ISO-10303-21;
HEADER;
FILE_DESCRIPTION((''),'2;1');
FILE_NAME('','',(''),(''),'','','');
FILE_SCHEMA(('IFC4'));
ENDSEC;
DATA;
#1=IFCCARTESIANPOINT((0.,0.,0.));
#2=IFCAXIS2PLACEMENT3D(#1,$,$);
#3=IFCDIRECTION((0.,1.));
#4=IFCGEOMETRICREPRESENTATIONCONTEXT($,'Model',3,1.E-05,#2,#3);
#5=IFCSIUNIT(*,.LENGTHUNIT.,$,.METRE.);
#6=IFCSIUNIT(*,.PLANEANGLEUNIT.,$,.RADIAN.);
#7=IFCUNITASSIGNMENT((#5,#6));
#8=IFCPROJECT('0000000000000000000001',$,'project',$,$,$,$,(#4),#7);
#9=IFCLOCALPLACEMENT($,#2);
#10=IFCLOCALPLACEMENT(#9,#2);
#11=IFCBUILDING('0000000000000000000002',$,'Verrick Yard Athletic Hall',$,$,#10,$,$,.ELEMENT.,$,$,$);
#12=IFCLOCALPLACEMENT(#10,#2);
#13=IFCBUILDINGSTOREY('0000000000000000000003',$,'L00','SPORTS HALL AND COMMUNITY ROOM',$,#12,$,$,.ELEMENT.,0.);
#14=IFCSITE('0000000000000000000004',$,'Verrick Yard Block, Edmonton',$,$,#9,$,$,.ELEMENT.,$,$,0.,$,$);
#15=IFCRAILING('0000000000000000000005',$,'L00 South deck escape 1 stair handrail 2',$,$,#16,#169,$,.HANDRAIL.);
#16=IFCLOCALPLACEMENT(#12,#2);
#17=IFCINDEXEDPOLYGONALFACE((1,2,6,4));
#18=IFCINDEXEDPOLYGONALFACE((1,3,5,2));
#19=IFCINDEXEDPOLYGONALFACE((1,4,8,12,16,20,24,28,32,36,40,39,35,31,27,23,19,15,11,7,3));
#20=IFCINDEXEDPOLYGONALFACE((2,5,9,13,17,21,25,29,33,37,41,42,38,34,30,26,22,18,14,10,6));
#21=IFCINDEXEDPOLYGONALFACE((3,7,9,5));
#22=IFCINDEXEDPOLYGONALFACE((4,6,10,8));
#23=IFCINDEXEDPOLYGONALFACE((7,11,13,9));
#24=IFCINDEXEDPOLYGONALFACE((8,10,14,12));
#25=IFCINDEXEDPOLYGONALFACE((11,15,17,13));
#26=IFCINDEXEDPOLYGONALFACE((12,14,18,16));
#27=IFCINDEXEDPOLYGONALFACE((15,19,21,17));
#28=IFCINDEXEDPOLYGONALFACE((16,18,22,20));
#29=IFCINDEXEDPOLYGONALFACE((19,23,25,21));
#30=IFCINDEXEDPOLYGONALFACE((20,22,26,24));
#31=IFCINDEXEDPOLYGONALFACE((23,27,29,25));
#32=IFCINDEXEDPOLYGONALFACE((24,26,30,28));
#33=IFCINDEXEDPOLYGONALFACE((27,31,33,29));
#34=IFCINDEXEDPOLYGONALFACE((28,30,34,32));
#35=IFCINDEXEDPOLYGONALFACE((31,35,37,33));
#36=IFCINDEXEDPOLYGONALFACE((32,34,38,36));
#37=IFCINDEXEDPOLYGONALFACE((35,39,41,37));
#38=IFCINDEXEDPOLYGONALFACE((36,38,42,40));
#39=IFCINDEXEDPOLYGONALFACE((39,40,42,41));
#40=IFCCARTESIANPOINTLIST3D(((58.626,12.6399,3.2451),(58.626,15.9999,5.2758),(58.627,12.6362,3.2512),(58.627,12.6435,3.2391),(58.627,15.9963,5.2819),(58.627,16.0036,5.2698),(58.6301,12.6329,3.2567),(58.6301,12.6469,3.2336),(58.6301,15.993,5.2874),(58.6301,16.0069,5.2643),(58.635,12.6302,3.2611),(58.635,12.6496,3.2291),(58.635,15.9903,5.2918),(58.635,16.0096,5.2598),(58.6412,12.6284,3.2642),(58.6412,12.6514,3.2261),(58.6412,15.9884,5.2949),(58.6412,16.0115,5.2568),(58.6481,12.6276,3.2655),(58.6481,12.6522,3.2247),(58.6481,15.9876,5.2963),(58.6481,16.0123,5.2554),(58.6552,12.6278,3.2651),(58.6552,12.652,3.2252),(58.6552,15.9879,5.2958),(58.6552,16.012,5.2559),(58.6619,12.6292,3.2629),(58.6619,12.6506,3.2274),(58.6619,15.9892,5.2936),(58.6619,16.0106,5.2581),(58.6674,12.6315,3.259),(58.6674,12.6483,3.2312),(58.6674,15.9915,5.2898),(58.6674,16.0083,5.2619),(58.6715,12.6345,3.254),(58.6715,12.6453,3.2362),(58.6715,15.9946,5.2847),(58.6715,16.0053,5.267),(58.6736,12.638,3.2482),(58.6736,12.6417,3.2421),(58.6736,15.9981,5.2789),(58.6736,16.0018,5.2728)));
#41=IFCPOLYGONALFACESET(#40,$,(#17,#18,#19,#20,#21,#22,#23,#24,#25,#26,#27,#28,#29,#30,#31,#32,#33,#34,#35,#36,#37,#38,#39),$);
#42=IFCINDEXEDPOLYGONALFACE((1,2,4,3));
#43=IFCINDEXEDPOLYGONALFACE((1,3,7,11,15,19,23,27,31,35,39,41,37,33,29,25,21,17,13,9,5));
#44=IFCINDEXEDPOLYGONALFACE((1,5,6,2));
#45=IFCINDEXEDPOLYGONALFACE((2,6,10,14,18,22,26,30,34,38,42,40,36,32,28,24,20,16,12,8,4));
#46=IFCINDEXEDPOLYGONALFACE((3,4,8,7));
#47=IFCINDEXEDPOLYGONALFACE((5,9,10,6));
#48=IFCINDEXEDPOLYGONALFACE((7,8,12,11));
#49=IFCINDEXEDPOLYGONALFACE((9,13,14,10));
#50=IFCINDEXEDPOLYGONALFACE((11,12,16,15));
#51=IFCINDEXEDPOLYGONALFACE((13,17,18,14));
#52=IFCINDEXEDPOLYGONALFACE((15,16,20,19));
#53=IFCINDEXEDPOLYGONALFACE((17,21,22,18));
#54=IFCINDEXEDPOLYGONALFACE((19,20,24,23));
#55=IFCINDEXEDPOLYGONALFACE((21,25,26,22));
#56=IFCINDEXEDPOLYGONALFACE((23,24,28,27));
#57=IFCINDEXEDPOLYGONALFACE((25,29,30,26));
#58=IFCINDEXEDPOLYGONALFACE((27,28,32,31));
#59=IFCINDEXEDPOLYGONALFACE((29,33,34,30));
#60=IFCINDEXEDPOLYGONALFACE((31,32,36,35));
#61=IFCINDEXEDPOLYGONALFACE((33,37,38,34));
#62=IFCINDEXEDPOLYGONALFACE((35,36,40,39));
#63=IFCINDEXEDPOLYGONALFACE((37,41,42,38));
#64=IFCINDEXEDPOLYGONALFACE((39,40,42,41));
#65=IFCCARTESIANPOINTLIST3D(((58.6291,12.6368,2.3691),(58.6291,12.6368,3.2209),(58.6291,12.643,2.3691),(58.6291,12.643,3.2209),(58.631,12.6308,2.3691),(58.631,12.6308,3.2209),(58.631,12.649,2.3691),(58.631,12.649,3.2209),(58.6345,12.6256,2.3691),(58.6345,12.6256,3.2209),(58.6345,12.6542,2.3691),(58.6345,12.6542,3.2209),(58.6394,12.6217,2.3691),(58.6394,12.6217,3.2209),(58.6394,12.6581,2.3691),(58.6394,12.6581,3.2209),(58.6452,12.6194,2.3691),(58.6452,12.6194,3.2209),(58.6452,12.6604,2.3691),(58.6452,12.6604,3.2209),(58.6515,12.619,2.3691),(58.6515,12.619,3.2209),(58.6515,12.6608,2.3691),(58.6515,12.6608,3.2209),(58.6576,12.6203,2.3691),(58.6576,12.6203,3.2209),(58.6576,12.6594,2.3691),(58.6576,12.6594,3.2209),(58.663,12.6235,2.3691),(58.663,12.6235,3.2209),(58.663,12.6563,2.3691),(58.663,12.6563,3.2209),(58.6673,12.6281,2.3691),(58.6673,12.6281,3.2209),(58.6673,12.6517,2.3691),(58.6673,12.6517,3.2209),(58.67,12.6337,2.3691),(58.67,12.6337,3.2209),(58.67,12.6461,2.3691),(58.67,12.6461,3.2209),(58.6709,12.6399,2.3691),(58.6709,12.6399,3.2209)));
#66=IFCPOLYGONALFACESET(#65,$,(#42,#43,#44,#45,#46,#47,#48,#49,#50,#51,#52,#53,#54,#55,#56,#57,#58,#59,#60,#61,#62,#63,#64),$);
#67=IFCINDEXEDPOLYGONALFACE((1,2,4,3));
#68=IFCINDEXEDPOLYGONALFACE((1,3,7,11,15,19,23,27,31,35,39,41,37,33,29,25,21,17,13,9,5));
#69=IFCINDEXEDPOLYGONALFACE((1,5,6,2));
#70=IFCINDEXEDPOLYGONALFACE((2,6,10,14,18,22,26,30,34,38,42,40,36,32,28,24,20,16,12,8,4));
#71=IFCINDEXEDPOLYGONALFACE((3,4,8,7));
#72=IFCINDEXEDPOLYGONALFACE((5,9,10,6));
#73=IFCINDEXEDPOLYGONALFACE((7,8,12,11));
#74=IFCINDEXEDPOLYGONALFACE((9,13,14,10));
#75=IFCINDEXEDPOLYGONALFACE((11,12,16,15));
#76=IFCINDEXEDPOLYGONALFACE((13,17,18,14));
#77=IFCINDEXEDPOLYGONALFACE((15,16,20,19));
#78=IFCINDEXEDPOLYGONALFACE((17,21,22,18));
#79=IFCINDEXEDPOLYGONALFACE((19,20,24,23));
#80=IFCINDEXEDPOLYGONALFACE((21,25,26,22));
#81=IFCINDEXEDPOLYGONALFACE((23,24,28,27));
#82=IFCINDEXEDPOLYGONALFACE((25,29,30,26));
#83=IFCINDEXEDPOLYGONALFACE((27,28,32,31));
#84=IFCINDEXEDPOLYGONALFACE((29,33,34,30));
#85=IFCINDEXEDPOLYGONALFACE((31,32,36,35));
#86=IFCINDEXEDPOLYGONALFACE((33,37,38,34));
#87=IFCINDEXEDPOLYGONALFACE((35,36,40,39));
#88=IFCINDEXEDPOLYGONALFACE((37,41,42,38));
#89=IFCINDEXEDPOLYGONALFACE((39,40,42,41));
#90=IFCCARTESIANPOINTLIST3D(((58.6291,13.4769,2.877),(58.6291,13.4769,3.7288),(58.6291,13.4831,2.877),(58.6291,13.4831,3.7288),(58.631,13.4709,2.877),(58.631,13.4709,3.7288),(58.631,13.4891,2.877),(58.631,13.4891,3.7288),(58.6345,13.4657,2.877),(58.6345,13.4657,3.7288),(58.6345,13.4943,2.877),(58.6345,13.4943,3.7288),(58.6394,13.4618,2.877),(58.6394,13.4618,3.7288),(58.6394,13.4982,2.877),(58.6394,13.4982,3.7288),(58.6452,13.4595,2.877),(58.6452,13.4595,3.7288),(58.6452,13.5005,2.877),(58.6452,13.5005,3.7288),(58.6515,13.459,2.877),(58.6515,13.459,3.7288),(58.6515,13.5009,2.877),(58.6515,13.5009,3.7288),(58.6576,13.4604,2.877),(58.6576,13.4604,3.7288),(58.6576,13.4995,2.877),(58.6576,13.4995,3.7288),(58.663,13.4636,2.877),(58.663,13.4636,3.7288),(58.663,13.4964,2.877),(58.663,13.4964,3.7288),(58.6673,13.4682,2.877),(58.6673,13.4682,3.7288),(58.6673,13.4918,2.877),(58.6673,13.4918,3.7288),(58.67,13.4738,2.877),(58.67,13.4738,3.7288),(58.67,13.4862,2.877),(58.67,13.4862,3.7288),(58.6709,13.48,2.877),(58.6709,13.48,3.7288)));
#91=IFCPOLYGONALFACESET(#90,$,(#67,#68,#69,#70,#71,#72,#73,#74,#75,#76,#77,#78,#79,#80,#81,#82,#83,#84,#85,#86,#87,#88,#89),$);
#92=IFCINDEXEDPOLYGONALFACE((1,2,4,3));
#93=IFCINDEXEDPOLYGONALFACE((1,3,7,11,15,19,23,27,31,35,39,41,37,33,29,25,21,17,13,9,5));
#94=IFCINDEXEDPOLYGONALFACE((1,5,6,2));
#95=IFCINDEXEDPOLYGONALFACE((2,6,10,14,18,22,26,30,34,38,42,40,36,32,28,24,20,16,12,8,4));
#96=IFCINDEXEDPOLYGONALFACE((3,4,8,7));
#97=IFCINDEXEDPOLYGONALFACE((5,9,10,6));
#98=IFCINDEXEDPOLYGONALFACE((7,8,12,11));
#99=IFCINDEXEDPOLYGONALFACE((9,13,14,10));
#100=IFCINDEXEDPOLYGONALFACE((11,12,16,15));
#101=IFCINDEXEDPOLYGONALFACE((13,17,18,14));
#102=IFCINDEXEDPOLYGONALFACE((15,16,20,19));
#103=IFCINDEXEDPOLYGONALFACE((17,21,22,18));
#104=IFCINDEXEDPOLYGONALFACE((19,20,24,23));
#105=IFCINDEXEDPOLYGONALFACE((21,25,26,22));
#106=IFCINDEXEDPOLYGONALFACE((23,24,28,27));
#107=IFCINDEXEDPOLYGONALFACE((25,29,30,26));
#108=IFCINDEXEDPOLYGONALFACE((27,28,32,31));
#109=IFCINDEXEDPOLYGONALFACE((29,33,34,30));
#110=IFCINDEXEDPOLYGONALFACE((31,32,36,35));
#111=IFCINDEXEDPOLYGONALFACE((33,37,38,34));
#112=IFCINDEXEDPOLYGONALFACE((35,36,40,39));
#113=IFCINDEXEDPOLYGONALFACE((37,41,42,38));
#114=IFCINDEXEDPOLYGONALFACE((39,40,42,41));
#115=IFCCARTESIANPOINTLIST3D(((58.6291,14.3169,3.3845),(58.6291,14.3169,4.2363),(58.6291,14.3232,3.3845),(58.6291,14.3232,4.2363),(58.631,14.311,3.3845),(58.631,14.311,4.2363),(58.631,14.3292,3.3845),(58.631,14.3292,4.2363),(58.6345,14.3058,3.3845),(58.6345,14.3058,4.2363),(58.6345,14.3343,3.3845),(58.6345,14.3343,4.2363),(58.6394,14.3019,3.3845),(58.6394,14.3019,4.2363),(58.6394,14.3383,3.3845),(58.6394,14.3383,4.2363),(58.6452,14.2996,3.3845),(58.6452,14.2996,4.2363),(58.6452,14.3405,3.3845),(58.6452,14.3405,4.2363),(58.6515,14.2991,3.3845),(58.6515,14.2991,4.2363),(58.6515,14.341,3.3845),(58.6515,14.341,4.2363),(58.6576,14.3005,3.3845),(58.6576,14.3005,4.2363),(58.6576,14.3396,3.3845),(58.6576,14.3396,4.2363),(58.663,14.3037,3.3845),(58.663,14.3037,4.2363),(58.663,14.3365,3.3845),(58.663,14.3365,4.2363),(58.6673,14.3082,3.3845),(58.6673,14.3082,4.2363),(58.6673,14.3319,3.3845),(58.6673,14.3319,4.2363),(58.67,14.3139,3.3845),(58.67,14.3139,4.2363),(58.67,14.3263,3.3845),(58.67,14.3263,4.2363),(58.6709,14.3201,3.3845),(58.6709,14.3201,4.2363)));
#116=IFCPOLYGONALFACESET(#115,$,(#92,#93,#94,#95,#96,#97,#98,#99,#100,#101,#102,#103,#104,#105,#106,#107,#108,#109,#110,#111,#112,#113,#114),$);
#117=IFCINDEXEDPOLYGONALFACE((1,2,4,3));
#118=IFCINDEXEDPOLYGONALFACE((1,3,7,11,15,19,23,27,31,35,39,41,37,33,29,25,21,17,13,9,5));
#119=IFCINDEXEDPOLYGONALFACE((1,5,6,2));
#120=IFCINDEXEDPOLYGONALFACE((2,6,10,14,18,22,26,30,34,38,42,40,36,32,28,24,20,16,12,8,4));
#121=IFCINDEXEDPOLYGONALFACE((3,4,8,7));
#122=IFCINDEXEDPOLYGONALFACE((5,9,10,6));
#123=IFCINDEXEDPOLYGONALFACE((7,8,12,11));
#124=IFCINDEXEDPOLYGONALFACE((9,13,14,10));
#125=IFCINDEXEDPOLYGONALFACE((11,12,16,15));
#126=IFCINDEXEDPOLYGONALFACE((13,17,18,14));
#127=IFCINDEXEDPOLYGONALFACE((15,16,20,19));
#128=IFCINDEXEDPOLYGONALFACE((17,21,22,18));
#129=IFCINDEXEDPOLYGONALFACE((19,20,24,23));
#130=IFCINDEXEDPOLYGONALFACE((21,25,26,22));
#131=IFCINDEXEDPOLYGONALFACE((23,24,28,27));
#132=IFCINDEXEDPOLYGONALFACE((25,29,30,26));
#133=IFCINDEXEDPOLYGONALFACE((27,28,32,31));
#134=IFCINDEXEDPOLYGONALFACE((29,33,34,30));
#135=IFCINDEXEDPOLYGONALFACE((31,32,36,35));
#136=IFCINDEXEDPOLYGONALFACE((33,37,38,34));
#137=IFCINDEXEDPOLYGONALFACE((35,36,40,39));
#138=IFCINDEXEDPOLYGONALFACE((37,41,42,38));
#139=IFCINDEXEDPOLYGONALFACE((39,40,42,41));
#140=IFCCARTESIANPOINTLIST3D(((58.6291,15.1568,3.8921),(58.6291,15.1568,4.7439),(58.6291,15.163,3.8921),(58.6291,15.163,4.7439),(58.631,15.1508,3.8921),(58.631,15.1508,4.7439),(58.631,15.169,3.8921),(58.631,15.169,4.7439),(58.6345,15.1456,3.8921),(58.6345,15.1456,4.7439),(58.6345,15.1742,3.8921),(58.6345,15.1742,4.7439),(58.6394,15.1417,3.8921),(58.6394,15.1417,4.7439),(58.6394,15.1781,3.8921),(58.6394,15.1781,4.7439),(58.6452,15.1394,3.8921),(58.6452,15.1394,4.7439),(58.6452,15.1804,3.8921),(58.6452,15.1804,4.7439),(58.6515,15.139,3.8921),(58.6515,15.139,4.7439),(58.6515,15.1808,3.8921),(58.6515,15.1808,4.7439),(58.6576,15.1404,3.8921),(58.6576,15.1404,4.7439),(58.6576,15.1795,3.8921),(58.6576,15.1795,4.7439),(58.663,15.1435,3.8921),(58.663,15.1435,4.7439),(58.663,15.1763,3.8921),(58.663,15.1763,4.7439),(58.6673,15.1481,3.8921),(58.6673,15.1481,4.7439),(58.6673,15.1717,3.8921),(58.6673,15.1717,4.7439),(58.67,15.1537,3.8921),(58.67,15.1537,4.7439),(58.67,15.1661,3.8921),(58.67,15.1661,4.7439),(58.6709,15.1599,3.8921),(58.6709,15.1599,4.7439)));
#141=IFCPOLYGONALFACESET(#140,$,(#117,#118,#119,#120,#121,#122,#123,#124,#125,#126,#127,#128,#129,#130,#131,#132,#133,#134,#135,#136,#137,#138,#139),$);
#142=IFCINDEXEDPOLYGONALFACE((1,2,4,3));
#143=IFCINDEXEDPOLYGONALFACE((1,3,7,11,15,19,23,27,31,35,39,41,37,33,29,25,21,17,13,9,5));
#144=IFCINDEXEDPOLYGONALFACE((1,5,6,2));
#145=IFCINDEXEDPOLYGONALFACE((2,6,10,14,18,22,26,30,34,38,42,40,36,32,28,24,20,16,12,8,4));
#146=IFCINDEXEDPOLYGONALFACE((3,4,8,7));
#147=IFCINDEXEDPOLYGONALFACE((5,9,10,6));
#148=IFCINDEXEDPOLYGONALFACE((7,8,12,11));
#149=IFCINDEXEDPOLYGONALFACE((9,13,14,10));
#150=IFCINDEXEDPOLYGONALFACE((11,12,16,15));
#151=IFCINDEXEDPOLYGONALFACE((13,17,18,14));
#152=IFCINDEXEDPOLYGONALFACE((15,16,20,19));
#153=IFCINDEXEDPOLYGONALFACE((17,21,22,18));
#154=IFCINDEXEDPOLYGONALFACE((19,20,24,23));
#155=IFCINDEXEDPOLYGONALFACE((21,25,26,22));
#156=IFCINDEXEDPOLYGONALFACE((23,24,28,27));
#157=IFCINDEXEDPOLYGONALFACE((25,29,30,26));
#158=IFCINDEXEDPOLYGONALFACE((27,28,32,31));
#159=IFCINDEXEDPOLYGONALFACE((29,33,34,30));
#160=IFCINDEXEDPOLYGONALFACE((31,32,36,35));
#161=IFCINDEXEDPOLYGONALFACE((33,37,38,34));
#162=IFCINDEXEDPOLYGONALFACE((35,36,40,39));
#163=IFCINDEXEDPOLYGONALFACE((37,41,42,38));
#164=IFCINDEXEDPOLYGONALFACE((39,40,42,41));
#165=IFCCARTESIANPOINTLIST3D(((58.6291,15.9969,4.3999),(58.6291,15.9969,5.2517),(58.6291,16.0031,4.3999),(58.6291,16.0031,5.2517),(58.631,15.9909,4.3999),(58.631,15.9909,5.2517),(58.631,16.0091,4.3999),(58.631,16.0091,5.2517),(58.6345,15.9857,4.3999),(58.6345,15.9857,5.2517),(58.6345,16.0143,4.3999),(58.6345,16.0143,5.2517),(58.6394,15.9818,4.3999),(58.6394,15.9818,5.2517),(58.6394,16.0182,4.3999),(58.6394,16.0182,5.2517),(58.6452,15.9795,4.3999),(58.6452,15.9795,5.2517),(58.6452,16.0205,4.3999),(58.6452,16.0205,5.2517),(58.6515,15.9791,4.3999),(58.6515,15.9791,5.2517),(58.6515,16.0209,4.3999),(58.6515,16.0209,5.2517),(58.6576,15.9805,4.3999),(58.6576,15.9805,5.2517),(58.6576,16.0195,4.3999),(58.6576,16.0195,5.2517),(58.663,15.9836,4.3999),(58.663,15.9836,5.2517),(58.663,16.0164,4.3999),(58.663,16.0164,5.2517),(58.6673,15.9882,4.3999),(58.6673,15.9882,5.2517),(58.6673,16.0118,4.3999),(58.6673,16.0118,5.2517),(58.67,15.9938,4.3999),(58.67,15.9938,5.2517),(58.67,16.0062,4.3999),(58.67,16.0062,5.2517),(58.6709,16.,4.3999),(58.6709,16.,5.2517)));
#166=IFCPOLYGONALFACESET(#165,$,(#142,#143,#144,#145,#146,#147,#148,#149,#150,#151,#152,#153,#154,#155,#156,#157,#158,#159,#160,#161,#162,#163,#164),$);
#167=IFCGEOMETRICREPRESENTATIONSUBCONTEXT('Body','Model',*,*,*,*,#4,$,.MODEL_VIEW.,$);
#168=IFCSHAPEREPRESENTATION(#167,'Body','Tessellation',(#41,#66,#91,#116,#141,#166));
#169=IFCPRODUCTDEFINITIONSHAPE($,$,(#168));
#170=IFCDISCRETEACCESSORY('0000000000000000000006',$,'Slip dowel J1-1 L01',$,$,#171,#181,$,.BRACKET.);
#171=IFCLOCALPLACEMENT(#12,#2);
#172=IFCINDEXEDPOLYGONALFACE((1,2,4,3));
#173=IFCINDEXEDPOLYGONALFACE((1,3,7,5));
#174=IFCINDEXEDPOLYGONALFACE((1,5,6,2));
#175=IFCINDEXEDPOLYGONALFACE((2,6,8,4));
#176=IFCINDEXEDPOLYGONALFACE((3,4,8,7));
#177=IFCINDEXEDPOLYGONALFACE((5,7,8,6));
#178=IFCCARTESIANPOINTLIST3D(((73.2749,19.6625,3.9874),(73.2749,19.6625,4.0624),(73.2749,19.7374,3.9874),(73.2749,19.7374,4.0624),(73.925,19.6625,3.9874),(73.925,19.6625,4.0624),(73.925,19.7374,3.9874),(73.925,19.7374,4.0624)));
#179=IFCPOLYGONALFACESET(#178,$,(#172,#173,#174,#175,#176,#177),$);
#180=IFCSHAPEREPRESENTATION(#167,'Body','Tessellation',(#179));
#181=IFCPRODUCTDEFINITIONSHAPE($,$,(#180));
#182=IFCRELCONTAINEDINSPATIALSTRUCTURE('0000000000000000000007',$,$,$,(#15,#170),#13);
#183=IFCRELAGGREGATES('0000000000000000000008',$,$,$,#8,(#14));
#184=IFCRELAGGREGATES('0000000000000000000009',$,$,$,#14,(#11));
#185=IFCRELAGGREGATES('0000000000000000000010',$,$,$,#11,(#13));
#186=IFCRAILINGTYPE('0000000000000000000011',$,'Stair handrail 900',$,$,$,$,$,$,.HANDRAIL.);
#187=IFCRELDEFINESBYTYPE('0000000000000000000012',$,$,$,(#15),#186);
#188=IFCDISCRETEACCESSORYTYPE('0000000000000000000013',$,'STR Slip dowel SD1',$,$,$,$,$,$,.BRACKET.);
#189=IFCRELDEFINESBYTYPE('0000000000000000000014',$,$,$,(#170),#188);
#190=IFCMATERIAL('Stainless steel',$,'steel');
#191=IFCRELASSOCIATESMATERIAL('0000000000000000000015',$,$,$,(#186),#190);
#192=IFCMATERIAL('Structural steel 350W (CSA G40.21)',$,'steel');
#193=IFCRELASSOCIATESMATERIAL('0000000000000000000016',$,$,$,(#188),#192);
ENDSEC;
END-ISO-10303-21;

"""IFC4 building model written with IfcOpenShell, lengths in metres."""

from ifc_helpers import new_model, si_unit, direction, frame, origin, origin_2d, place, context, subcontext, project, spatial, rectangle, circle, extrude, material, material_profile, profile_set, type_object, element, save


model = new_model("IFC4")

# Units and contexts
model_context = context("Model", 3, precision=1e-05, world=origin(), true_north=direction((0.0, 1.0)))
body_context = subcontext(model_context, "Body", "Model", "MODEL_VIEW")
ifc_project = project(units=[si_unit("LENGTHUNIT", "METRE"), si_unit("PLANEANGLEUNIT", "RADIAN")], contexts=[model_context])

# Site, building, storey
site_placement = place(None, origin())
site = spatial("IfcSite", under=ifc_project, at=site_placement, Name="Verrick Yard Block, Edmonton", CompositionType="ELEMENT", RefElevation=0.0)
building_placement = place(site_placement, origin())
building = spatial("IfcBuilding", under=site, at=building_placement, Name="Verrick Yard Athletic Hall", CompositionType="ELEMENT")
storey_placement = place(building_placement, origin())
storey = spatial("IfcBuildingStorey", under=building, at=storey_placement, Name="L00", Description="SPORTS HALL AND COMMUNITY ROOM", CompositionType="ELEMENT", Elevation=0.0)

# Railing
ifc_material_1 = material(Name="Stainless steel", Category="steel")
railing_type_1 = type_object("IfcRailingType", Name="Stair handrail 900", PredefinedType="HANDRAIL", material=ifc_material_1)
railing_1_placement = place(storey_placement, frame((58.6499, 12.6399, 2.3691)))
element("IfcRailing", 1, at=railing_1_placement, inside=storey, type_object=railing_type_1, Name="L00 South deck escape 1 stair handrail 2", PredefinedType="HANDRAIL", context=body_context, shape_type="SweptSolid", body=[
    extrude(circle(Radius=0.0239, at=origin_2d()), frame((0.0, 0.0, 0.876), z_axis=(0.0, 0.855837, 0.517246), x_axis=(-1.0, 0.0, 0.0)), (0.0, 0.0, 1.0), 3.926),
    extrude(circle(Radius=0.021, at=origin_2d()), origin(), (0.0, 0.0, 1.0), 0.8518),
    extrude(circle(Radius=0.021, at=origin_2d()), frame((0.0, 0.8401, 0.5078)), (0.0, 0.0, 1.0), 0.8518),
    extrude(circle(Radius=0.021, at=origin_2d()), frame((0.0, 1.6802, 1.0154)), (0.0, 0.0, 1.0), 0.8518),
    extrude(circle(Radius=0.021, at=origin_2d()), frame((0.0, 2.52, 1.5229)), (0.0, 0.0, 1.0), 0.8518),
    extrude(circle(Radius=0.021, at=origin_2d()), frame((0.0, 3.3601, 2.0308)), (0.0, 0.0, 1.0), 0.8518),
])

# Discrete accessory
ifc_material_2 = material(Name="Structural steel 350W (CSA G40.21)", Category="steel")
ifc_material_profile_1 = material_profile(ifc_material_2, rectangle(XDim=0.075, YDim=0.075, at=origin_2d()), Name="STR Slip dowel SD1")
ifc_profile_set_1 = profile_set([ifc_material_profile_1], Name="Structural steel 350W (CSA G40.21)")
discrete_accessory_type = type_object("IfcDiscreteAccessoryType", Name="STR Slip dowel SD1", PredefinedType="BRACKET", material=ifc_profile_set_1)
discrete_accessory_placement = place(storey_placement, frame((73.2749, 19.7, 4.0249), z_axis=(1.0, 0.0, 0.0), x_axis=(0.0, 1.0, 0.0)))
element("IfcDiscreteAccessory", 2, at=discrete_accessory_placement, inside=storey, type_object=discrete_accessory_type, Name="Slip dowel J1-1 L01", PredefinedType="BRACKET", context=body_context, shape_type="SweptSolid", body=[
    extrude(rectangle(XDim=0.075, YDim=0.075, at=origin_2d()), origin(), (0.0, 0.0, 1.0), 0.6501),
])

save(model, "model.ifc")
